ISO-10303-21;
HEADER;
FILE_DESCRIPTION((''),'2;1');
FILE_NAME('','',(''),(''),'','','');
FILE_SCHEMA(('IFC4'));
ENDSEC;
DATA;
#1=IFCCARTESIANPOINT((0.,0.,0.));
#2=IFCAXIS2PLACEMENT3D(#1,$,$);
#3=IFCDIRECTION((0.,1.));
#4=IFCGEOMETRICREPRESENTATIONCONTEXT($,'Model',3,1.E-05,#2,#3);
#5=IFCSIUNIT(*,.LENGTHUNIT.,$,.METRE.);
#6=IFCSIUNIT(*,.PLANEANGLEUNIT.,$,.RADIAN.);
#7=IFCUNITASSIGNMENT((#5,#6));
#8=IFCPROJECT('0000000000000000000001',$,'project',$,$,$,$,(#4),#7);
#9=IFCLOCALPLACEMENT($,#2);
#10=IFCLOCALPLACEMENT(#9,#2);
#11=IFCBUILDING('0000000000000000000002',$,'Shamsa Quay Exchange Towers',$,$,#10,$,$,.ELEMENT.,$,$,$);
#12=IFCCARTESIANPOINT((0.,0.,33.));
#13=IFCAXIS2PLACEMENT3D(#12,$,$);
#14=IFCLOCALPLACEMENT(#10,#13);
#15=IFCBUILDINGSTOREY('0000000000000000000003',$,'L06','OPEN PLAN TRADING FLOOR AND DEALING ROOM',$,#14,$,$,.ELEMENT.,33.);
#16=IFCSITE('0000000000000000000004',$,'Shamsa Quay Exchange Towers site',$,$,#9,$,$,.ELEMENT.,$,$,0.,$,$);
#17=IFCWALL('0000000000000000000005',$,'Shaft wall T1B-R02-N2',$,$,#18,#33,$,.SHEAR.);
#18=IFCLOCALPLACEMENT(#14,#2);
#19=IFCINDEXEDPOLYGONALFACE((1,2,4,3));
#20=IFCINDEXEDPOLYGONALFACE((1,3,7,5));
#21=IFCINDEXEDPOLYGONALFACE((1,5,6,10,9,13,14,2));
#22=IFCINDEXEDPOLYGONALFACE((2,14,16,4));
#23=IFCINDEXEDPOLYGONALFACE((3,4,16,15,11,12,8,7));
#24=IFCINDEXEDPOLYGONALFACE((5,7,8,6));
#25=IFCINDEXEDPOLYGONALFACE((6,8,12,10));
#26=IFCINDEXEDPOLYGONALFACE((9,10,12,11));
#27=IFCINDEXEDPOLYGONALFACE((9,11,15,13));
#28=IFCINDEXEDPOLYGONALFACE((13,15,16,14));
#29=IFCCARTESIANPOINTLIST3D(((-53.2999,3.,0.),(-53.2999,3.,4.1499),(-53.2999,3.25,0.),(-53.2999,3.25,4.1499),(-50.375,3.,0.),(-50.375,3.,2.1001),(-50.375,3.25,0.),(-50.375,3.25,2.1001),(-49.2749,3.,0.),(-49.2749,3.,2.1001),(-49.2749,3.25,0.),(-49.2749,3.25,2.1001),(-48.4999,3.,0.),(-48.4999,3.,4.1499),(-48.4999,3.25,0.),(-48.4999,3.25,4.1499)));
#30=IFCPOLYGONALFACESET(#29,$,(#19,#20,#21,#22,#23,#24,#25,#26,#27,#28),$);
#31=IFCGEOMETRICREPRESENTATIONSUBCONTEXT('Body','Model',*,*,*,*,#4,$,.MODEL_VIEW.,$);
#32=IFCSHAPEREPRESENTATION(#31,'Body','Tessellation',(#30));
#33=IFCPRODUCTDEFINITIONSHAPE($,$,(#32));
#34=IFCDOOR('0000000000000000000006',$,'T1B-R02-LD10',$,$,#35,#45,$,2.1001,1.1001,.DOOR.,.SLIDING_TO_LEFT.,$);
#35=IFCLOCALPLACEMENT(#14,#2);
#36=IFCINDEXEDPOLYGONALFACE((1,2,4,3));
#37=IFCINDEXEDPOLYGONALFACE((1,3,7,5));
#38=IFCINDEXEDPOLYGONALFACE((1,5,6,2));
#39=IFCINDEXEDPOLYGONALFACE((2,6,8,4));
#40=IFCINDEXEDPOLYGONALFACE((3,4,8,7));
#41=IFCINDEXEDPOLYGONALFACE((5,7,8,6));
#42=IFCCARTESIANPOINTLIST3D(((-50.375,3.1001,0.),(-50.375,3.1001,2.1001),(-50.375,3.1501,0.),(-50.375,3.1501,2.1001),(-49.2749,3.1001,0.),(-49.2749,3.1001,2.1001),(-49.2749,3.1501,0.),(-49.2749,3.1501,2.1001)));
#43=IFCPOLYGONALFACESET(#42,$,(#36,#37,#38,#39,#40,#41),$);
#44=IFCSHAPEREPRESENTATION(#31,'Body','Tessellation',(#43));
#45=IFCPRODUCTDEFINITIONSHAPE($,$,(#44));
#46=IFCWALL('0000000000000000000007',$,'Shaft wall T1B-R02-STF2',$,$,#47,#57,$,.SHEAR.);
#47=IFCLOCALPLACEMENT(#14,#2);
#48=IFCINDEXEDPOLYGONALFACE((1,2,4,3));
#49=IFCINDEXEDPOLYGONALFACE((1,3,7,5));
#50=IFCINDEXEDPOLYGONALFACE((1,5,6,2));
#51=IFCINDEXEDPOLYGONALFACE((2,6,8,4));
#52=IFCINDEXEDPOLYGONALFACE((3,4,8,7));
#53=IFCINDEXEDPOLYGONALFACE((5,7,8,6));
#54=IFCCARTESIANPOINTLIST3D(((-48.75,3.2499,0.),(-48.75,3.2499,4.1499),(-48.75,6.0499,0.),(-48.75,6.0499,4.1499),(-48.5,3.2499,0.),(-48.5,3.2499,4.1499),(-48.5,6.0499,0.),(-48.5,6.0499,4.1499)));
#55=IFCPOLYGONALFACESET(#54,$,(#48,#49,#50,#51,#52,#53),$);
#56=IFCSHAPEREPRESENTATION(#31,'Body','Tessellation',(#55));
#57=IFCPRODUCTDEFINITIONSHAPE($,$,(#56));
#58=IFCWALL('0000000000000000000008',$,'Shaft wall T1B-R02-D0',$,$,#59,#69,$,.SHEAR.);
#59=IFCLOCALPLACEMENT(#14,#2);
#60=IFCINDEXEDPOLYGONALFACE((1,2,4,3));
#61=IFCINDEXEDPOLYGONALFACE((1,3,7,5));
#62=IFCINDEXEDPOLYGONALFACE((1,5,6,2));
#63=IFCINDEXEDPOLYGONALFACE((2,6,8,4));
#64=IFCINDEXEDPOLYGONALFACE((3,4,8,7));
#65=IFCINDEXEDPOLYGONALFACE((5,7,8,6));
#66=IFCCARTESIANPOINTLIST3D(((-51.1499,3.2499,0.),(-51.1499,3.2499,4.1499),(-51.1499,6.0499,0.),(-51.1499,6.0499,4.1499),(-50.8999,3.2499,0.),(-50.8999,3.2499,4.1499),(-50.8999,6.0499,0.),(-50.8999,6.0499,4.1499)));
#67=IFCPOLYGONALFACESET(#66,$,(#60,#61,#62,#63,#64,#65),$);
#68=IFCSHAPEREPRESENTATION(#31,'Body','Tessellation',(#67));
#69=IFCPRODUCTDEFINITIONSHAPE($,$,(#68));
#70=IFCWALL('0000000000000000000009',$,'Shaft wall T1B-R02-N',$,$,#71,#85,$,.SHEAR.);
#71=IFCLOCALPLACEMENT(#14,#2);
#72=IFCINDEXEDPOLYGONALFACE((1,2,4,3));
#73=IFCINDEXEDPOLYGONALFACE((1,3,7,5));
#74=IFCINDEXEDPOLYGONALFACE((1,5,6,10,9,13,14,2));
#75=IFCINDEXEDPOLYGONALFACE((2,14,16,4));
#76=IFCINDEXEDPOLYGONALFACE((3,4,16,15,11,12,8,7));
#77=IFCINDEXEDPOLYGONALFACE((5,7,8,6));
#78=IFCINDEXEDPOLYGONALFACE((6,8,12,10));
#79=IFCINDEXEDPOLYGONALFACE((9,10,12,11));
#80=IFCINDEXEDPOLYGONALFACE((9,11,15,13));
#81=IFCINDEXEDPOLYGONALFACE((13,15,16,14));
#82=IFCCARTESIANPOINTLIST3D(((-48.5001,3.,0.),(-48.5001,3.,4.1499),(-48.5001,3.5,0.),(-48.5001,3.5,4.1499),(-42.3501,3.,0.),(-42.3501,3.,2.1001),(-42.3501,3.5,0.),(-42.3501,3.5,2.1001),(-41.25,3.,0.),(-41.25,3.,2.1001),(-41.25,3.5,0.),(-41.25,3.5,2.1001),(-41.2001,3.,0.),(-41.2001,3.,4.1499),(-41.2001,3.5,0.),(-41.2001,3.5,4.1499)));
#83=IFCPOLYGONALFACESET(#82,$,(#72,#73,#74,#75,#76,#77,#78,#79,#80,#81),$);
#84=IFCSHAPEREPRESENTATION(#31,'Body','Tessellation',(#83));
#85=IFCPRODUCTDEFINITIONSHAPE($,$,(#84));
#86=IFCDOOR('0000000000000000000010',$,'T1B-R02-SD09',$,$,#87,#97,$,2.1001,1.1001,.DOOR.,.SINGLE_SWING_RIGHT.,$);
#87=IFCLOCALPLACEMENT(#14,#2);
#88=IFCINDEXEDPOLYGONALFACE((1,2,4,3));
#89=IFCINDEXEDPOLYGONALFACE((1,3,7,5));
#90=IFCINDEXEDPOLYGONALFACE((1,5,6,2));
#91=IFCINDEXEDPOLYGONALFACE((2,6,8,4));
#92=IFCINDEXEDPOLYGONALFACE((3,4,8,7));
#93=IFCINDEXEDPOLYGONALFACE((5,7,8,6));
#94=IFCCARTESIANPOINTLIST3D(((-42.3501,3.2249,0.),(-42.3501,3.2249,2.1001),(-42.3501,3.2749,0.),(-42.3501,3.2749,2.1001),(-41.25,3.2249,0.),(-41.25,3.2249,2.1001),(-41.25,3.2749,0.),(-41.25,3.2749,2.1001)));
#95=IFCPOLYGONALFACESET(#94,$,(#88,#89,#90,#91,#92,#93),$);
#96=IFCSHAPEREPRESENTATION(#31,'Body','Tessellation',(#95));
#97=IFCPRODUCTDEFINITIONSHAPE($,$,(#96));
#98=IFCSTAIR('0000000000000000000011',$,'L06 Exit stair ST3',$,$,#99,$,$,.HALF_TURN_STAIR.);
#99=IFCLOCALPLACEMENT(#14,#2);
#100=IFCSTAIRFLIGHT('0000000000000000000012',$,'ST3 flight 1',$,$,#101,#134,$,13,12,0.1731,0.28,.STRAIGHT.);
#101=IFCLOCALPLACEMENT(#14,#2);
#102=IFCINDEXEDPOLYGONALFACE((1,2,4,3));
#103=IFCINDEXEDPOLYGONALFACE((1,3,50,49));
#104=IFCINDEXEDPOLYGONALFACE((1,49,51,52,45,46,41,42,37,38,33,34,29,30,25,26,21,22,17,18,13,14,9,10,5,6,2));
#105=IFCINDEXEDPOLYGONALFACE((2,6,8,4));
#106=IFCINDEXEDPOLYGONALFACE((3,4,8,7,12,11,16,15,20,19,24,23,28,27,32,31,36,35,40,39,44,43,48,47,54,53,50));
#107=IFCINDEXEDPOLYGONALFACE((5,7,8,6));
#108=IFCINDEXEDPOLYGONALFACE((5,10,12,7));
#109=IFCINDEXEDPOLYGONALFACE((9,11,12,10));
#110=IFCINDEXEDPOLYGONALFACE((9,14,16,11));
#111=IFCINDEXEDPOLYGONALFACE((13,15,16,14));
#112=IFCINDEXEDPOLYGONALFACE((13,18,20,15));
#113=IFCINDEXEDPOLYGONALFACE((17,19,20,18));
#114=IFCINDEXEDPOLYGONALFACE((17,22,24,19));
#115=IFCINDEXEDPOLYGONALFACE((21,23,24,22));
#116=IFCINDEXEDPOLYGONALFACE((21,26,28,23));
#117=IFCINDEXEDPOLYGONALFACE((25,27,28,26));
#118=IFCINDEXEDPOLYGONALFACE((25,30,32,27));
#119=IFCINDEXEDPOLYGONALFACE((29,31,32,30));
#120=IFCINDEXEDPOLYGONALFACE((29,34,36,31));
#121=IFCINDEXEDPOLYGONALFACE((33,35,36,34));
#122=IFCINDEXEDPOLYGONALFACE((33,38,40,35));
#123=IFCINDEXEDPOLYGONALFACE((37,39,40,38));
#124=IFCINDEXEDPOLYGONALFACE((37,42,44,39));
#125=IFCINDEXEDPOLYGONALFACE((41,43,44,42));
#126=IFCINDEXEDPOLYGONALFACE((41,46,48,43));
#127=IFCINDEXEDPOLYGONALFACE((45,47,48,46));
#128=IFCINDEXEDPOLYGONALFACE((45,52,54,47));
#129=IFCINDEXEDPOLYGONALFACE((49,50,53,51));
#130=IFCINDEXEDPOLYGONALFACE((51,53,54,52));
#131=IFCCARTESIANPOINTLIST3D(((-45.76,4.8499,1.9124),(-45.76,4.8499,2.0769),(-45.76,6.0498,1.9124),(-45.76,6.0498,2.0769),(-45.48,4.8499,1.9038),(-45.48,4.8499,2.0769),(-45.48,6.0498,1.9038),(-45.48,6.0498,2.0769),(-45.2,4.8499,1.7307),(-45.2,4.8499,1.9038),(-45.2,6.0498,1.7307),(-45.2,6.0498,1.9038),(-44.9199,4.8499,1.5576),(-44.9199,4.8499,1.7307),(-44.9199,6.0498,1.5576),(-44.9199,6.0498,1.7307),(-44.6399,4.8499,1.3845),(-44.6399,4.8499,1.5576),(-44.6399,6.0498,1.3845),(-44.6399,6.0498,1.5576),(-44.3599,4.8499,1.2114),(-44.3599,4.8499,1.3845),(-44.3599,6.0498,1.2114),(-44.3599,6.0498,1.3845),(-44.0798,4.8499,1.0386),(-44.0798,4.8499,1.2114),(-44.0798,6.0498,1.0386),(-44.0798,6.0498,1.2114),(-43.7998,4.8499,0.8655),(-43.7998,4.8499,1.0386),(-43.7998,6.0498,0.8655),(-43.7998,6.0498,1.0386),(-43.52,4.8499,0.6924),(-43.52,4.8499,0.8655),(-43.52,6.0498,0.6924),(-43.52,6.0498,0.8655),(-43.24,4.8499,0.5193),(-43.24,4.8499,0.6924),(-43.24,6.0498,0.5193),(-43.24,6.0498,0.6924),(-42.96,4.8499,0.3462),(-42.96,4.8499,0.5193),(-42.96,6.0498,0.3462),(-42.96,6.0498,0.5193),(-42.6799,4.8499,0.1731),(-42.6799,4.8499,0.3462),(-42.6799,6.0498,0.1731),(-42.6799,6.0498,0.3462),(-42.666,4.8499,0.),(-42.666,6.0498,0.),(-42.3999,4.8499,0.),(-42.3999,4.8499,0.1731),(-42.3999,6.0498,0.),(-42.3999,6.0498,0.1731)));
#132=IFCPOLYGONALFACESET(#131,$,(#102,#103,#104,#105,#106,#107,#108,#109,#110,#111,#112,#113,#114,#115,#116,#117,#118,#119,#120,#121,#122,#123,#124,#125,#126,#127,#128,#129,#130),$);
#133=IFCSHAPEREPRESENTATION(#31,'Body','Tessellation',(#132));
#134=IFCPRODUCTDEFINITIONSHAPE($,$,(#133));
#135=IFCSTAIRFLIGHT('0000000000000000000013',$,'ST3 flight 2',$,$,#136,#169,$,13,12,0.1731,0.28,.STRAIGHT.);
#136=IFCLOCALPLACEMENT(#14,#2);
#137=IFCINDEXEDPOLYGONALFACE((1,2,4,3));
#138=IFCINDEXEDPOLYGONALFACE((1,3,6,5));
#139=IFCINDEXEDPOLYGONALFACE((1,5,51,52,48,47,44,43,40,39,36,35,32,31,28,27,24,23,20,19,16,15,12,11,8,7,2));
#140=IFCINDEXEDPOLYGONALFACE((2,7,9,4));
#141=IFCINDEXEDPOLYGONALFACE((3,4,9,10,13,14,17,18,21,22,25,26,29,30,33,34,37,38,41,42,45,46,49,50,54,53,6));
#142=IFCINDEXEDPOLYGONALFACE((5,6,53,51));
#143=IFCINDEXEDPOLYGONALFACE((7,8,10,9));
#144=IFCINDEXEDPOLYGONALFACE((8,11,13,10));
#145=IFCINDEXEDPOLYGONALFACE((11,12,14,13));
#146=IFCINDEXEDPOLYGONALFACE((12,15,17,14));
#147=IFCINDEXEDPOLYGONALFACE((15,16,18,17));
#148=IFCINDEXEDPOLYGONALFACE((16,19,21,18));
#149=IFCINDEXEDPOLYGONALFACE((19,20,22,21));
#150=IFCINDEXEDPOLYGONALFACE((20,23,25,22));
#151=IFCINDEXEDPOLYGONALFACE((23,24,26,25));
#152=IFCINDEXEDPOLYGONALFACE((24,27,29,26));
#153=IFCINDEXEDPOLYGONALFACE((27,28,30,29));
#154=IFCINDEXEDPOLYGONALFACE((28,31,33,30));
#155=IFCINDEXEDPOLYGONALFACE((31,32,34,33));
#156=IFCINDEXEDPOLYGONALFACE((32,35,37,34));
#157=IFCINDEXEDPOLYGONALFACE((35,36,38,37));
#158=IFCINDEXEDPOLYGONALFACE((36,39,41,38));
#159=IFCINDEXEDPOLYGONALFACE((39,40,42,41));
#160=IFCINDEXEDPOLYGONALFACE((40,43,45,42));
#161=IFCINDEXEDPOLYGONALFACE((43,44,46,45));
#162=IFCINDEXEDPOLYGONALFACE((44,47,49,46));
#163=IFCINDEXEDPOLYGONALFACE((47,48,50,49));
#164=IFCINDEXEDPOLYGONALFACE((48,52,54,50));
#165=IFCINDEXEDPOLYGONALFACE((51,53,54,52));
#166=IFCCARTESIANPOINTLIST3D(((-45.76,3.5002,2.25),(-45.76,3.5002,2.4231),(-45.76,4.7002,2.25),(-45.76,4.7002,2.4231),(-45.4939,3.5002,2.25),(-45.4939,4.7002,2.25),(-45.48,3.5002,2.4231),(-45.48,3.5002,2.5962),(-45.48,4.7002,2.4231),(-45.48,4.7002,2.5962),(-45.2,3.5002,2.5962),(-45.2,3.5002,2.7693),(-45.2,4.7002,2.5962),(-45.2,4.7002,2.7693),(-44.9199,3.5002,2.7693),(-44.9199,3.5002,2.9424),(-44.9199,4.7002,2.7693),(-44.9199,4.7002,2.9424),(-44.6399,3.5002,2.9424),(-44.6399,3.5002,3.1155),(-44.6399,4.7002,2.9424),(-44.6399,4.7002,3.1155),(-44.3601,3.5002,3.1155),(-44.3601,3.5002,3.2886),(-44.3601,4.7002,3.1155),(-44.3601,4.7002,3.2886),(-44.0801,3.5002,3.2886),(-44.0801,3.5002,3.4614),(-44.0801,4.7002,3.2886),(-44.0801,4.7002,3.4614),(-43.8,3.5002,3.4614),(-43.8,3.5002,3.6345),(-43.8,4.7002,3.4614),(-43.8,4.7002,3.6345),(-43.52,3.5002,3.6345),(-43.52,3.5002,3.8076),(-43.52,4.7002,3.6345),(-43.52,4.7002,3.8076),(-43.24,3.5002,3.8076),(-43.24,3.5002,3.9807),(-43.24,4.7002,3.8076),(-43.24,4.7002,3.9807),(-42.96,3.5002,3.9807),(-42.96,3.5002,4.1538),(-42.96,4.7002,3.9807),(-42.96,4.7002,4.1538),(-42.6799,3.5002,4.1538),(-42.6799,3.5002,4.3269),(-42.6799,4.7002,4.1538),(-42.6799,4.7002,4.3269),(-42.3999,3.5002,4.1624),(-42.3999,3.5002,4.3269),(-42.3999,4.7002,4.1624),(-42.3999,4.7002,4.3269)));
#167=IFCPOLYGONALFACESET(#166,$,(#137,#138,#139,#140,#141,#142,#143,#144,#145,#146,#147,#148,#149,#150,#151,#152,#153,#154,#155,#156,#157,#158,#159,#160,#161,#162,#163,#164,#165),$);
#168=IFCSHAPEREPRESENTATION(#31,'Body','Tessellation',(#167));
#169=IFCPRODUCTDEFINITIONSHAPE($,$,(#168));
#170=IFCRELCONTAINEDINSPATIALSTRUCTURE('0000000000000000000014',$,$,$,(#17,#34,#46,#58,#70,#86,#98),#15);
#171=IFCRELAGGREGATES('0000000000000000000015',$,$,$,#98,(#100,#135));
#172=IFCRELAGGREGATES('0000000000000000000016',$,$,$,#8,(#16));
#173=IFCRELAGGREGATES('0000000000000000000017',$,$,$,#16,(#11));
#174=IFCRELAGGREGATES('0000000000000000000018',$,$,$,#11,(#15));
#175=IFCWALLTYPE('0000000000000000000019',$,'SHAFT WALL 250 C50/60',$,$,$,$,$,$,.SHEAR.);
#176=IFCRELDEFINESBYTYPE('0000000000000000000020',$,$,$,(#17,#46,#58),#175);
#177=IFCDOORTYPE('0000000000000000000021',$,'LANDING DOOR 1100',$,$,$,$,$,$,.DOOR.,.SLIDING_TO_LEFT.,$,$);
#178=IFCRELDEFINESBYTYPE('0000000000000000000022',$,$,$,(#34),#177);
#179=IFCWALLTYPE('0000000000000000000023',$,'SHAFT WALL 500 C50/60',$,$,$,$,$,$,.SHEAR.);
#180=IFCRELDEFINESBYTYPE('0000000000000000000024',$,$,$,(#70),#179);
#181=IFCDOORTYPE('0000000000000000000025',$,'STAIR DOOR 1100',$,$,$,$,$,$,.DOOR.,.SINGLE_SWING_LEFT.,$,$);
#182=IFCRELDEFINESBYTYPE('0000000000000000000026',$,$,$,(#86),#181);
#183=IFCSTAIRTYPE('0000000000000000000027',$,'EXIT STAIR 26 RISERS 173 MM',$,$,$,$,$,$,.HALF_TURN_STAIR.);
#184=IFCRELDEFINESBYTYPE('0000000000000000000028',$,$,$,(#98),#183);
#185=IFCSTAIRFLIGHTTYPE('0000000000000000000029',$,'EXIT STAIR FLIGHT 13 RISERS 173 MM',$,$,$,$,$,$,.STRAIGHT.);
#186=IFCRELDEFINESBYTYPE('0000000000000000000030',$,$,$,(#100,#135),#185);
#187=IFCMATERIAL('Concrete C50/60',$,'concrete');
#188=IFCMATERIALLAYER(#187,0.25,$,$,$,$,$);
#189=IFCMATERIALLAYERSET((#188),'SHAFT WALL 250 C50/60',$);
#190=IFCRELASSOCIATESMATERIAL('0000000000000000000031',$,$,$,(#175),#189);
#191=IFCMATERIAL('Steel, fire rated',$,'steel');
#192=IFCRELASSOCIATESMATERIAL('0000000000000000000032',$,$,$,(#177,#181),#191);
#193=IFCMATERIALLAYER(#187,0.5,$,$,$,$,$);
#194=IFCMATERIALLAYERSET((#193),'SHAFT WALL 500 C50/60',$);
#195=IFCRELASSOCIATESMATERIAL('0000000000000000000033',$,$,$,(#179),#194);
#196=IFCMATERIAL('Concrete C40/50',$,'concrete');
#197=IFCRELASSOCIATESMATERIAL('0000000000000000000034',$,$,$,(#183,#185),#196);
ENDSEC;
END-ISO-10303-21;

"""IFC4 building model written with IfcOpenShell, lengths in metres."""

from ifc_helpers import new_model, si_unit, direction, frame, frame_2d, origin, place, context, subcontext, project, spatial, polyline, rectangle, outline, extrude, material, layer, layer_set, type_object, element, fill, aggregate, save


model = new_model("IFC4")

# Units and contexts
model_context = context("Model", 3, precision=1e-05, world=origin(), true_north=direction((0.0, 1.0)))
body_context = subcontext(model_context, "Body", "Model", "MODEL_VIEW")
ifc_project = project(units=[si_unit("LENGTHUNIT", "METRE"), si_unit("PLANEANGLEUNIT", "RADIAN")], contexts=[model_context])

# Site, building, storey
site_placement = place(None, origin())
site = spatial("IfcSite", under=ifc_project, at=site_placement, Name="Shamsa Quay Exchange Towers site", CompositionType="ELEMENT", RefElevation=0.0)
building_placement = place(site_placement, origin())
building = spatial("IfcBuilding", under=site, at=building_placement, Name="Shamsa Quay Exchange Towers", CompositionType="ELEMENT")
storey_placement = place(building_placement, frame((0.0, 0.0, 33.0)))
storey = spatial("IfcBuildingStorey", under=building, at=storey_placement, Name="L06", Description="OPEN PLAN TRADING FLOOR AND DEALING ROOM", CompositionType="ELEMENT", Elevation=33.0)

# Wall, opening, door
ifc_material_1 = material(Name="Concrete C50/60", Category="concrete")
ifc_layer_1 = layer(ifc_material_1, 0.25)
ifc_layer_set_1 = layer_set([ifc_layer_1], Name="SHAFT WALL 250 C50/60")
wall_type_1 = type_object("IfcWallType", Name="SHAFT WALL 250 C50/60", PredefinedType="SHEAR", material=ifc_layer_set_1)
wall_1_placement = place(storey_placement, frame((-48.5, 3.125, 0.0), z_axis=(0.0, 0.0, 1.0), x_axis=(-1.0, 0.0, 0.0)))
wall_1 = element("IfcWall", 1, at=wall_1_placement, inside=storey, type_object=wall_type_1, Name="Shaft wall T1B-R02-N2", PredefinedType="SHEAR", context=body_context, shape_type="SweptSolid", body=[
    extrude(rectangle(XDim=4.8, YDim=0.25, at=frame_2d((2.3999, 0.0))), origin(), (0.0, 0.0, 1.0), 4.1499),
])
opening_1_placement = place(wall_1_placement, frame((0.7749, 0.0, 0.0)))
opening_1 = element("IfcOpeningElement", 2, at=opening_1_placement, cuts=wall_1, PredefinedType="OPENING", context=body_context, shape_type="SweptSolid", body=[
    extrude(rectangle(XDim=1.1001, YDim=2.1001, at=frame_2d((0.55, 1.05))), frame((0.0, 0.135, 0.0), z_axis=(0.0, -1.0, 0.0), x_axis=(1.0, 0.0, 0.0)), (0.0, 0.0, 1.0), 0.27),
])
ifc_material_2 = material(Name="Steel, fire rated", Category="steel")
door_type_1 = type_object("IfcDoorType", Name="LANDING DOOR 1100", OperationType="SLIDING_TO_LEFT", PredefinedType="DOOR", material=ifc_material_2)
door_1_placement = place(opening_1_placement, origin())
door_1 = element("IfcDoor", 3, at=door_1_placement, inside=storey, type_object=door_type_1, Name="T1B-R02-LD10", OperationType="SLIDING_TO_LEFT", OverallHeight=2.1001, OverallWidth=1.1001, PredefinedType="DOOR", context=body_context, shape_type="SweptSolid", body=[
    extrude(rectangle(XDim=1.1001, YDim=2.1001, at=frame_2d((0.55, 1.05))), frame((0.0, 0.0249, 0.0), z_axis=(0.0, -1.0, 0.0), x_axis=(1.0, 0.0, 0.0)), (0.0, 0.0, 1.0), 0.05),
])
fill(opening_1, door_1)

# Walls
for number, where, z_axis, x_axis, name in (
    (4, (-48.625, 3.25, 0.0), (0.0, 0.0, 1.0), (0.0, 1.0, 0.0), "Shaft wall T1B-R02-STF2"),
    (5, (-51.0249, 3.25, 0.0), (0.0, 0.0, 1.0), (0.0, 1.0, 0.0), "Shaft wall T1B-R02-D0"),
):
    element("IfcWall", number, at=place(storey_placement, frame(where, z_axis=z_axis, x_axis=x_axis)), inside=storey, type_object=wall_type_1, Name=name, PredefinedType="SHEAR", context=body_context, shape_type="SweptSolid", body=[
        extrude(rectangle(XDim=2.8, YDim=0.25, at=frame_2d((1.3999, 0.0))), origin(), (0.0, 0.0, 1.0), 4.1499),
    ])

# Wall, opening, door
ifc_layer_2 = layer(ifc_material_1, 0.5)
ifc_layer_set_2 = layer_set([ifc_layer_2], Name="SHAFT WALL 500 C50/60")
wall_type_2 = type_object("IfcWallType", Name="SHAFT WALL 500 C50/60", PredefinedType="SHEAR", material=ifc_layer_set_2)
wall_2_placement = place(storey_placement, frame((-48.5, 3.25, 0.0)))
wall_2 = element("IfcWall", 6, at=wall_2_placement, inside=storey, type_object=wall_type_2, Name="Shaft wall T1B-R02-N", PredefinedType="SHEAR", context=body_context, shape_type="SweptSolid", body=[
    extrude(rectangle(XDim=7.3, YDim=0.5, at=frame_2d((3.6499, 0.0))), origin(), (0.0, 0.0, 1.0), 4.1499),
])
opening_2_placement = place(wall_2_placement, frame((6.1499, 0.0, 0.0)))
opening_2 = element("IfcOpeningElement", 7, at=opening_2_placement, cuts=wall_2, PredefinedType="OPENING", context=body_context, shape_type="SweptSolid", body=[
    extrude(rectangle(XDim=1.1001, YDim=2.1001, at=frame_2d((0.55, 1.05))), frame((0.0, 0.26, 0.0), z_axis=(0.0, -1.0, 0.0), x_axis=(1.0, 0.0, 0.0)), (0.0, 0.0, 1.0), 0.52),
])
door_type_2 = type_object("IfcDoorType", Name="STAIR DOOR 1100", OperationType="SINGLE_SWING_LEFT", PredefinedType="DOOR", material=ifc_material_2)
door_2_placement = place(opening_2_placement, origin())
door_2 = element("IfcDoor", 8, at=door_2_placement, inside=storey, type_object=door_type_2, Name="T1B-R02-SD09", OperationType="SINGLE_SWING_RIGHT", OverallHeight=2.1001, OverallWidth=1.1001, PredefinedType="DOOR", context=body_context, shape_type="SweptSolid", body=[
    extrude(rectangle(XDim=1.1001, YDim=2.1001, at=frame_2d((0.55, 1.05))), frame((0.0, 0.0249, 0.0), z_axis=(0.0, -1.0, 0.0), x_axis=(1.0, 0.0, 0.0)), (0.0, 0.0, 1.0), 0.05),
])
fill(opening_2, door_2)

# Stair, stair flights
ifc_material_3 = material(Name="Concrete C40/50", Category="concrete")
stair_type = type_object("IfcStairType", Name="EXIT STAIR 26 RISERS 173 MM", PredefinedType="HALF_TURN_STAIR", material=ifc_material_3)
stair_placement = place(storey_placement, origin())
stair = element("IfcStair", 9, at=stair_placement, inside=storey, type_object=stair_type, Name="L06 Exit stair ST3", PredefinedType="HALF_TURN_STAIR")
stair_flight_type = type_object("IfcStairFlightType", Name="EXIT STAIR FLIGHT 13 RISERS 173 MM", PredefinedType="STRAIGHT", material=ifc_material_3)
stair_flight_1_placement = place(storey_placement, frame((-42.3999, 5.45, 0.0), z_axis=(0.0, 0.0, 1.0), x_axis=(-1.0, 0.0, 0.0)))
stair_flight_1 = element("IfcStairFlight", 10, at=stair_flight_1_placement, type_object=stair_flight_type, Name="ST3 flight 1", NumberOfRisers=13, NumberOfTreads=12, PredefinedType="STRAIGHT", RiserHeight=0.1731, TreadLength=0.28, context=body_context, shape_type="SweptSolid", body=[
    extrude(outline(polyline([(0.0, 0.0), (0.0, 0.1731), (0.28, 0.1731), (0.28, 0.3462), (0.5601, 0.3462), (0.5601, 0.5193), (0.8401, 0.5193), (0.8401, 0.6924), (1.1201, 0.6924), (1.1201, 0.8655), (1.3999, 0.8655), (1.3999, 1.0386), (1.6799, 1.0386), (1.6799, 1.2114), (1.96, 1.2114), (1.96, 1.3845), (2.24, 1.3845), (2.24, 1.5576), (2.52, 1.5576), (2.52, 1.7307), (2.8, 1.7307), (2.8, 1.9038), (3.0801, 1.9038), (3.0801, 2.0769), (3.3601, 2.0769), (3.3601, 2.25), (3.3601, 1.9124), (0.2661, 0.0), (0.0, 0.0)])), frame((0.0, 0.6001, 0.0), z_axis=(0.0, -1.0, 0.0), x_axis=(1.0, 0.0, 0.0)), (0.0, 0.0, 1.0), 1.2),
])
stair_flight_2_placement = place(storey_placement, frame((-45.76, 4.1001, 2.25)))
stair_flight_2 = element("IfcStairFlight", 11, at=stair_flight_2_placement, type_object=stair_flight_type, Name="ST3 flight 2", NumberOfRisers=13, NumberOfTreads=12, PredefinedType="STRAIGHT", RiserHeight=0.1731, TreadLength=0.28, context=body_context, shape_type="SweptSolid", body=[
    extrude(outline(polyline([(0.0, 0.0), (0.0, 0.1731), (0.28, 0.1731), (0.28, 0.3462), (0.5601, 0.3462), (0.5601, 0.5193), (0.8401, 0.5193), (0.8401, 0.6924), (1.1201, 0.6924), (1.1201, 0.8655), (1.3999, 0.8655), (1.3999, 1.0386), (1.6799, 1.0386), (1.6799, 1.2114), (1.96, 1.2114), (1.96, 1.3845), (2.24, 1.3845), (2.24, 1.5576), (2.52, 1.5576), (2.52, 1.7307), (2.8, 1.7307), (2.8, 1.9038), (3.0801, 1.9038), (3.0801, 2.0769), (3.3601, 2.0769), (3.3601, 2.25), (3.3601, 1.9124), (0.2661, 0.0), (0.0, 0.0)])), frame((0.0, 0.6001, 0.0), z_axis=(0.0, -1.0, 0.0), x_axis=(1.0, 0.0, 0.0)), (0.0, 0.0, 1.0), 1.2),
])
aggregate(stair, [stair_flight_1, stair_flight_2])

save(model, "model.ifc")
